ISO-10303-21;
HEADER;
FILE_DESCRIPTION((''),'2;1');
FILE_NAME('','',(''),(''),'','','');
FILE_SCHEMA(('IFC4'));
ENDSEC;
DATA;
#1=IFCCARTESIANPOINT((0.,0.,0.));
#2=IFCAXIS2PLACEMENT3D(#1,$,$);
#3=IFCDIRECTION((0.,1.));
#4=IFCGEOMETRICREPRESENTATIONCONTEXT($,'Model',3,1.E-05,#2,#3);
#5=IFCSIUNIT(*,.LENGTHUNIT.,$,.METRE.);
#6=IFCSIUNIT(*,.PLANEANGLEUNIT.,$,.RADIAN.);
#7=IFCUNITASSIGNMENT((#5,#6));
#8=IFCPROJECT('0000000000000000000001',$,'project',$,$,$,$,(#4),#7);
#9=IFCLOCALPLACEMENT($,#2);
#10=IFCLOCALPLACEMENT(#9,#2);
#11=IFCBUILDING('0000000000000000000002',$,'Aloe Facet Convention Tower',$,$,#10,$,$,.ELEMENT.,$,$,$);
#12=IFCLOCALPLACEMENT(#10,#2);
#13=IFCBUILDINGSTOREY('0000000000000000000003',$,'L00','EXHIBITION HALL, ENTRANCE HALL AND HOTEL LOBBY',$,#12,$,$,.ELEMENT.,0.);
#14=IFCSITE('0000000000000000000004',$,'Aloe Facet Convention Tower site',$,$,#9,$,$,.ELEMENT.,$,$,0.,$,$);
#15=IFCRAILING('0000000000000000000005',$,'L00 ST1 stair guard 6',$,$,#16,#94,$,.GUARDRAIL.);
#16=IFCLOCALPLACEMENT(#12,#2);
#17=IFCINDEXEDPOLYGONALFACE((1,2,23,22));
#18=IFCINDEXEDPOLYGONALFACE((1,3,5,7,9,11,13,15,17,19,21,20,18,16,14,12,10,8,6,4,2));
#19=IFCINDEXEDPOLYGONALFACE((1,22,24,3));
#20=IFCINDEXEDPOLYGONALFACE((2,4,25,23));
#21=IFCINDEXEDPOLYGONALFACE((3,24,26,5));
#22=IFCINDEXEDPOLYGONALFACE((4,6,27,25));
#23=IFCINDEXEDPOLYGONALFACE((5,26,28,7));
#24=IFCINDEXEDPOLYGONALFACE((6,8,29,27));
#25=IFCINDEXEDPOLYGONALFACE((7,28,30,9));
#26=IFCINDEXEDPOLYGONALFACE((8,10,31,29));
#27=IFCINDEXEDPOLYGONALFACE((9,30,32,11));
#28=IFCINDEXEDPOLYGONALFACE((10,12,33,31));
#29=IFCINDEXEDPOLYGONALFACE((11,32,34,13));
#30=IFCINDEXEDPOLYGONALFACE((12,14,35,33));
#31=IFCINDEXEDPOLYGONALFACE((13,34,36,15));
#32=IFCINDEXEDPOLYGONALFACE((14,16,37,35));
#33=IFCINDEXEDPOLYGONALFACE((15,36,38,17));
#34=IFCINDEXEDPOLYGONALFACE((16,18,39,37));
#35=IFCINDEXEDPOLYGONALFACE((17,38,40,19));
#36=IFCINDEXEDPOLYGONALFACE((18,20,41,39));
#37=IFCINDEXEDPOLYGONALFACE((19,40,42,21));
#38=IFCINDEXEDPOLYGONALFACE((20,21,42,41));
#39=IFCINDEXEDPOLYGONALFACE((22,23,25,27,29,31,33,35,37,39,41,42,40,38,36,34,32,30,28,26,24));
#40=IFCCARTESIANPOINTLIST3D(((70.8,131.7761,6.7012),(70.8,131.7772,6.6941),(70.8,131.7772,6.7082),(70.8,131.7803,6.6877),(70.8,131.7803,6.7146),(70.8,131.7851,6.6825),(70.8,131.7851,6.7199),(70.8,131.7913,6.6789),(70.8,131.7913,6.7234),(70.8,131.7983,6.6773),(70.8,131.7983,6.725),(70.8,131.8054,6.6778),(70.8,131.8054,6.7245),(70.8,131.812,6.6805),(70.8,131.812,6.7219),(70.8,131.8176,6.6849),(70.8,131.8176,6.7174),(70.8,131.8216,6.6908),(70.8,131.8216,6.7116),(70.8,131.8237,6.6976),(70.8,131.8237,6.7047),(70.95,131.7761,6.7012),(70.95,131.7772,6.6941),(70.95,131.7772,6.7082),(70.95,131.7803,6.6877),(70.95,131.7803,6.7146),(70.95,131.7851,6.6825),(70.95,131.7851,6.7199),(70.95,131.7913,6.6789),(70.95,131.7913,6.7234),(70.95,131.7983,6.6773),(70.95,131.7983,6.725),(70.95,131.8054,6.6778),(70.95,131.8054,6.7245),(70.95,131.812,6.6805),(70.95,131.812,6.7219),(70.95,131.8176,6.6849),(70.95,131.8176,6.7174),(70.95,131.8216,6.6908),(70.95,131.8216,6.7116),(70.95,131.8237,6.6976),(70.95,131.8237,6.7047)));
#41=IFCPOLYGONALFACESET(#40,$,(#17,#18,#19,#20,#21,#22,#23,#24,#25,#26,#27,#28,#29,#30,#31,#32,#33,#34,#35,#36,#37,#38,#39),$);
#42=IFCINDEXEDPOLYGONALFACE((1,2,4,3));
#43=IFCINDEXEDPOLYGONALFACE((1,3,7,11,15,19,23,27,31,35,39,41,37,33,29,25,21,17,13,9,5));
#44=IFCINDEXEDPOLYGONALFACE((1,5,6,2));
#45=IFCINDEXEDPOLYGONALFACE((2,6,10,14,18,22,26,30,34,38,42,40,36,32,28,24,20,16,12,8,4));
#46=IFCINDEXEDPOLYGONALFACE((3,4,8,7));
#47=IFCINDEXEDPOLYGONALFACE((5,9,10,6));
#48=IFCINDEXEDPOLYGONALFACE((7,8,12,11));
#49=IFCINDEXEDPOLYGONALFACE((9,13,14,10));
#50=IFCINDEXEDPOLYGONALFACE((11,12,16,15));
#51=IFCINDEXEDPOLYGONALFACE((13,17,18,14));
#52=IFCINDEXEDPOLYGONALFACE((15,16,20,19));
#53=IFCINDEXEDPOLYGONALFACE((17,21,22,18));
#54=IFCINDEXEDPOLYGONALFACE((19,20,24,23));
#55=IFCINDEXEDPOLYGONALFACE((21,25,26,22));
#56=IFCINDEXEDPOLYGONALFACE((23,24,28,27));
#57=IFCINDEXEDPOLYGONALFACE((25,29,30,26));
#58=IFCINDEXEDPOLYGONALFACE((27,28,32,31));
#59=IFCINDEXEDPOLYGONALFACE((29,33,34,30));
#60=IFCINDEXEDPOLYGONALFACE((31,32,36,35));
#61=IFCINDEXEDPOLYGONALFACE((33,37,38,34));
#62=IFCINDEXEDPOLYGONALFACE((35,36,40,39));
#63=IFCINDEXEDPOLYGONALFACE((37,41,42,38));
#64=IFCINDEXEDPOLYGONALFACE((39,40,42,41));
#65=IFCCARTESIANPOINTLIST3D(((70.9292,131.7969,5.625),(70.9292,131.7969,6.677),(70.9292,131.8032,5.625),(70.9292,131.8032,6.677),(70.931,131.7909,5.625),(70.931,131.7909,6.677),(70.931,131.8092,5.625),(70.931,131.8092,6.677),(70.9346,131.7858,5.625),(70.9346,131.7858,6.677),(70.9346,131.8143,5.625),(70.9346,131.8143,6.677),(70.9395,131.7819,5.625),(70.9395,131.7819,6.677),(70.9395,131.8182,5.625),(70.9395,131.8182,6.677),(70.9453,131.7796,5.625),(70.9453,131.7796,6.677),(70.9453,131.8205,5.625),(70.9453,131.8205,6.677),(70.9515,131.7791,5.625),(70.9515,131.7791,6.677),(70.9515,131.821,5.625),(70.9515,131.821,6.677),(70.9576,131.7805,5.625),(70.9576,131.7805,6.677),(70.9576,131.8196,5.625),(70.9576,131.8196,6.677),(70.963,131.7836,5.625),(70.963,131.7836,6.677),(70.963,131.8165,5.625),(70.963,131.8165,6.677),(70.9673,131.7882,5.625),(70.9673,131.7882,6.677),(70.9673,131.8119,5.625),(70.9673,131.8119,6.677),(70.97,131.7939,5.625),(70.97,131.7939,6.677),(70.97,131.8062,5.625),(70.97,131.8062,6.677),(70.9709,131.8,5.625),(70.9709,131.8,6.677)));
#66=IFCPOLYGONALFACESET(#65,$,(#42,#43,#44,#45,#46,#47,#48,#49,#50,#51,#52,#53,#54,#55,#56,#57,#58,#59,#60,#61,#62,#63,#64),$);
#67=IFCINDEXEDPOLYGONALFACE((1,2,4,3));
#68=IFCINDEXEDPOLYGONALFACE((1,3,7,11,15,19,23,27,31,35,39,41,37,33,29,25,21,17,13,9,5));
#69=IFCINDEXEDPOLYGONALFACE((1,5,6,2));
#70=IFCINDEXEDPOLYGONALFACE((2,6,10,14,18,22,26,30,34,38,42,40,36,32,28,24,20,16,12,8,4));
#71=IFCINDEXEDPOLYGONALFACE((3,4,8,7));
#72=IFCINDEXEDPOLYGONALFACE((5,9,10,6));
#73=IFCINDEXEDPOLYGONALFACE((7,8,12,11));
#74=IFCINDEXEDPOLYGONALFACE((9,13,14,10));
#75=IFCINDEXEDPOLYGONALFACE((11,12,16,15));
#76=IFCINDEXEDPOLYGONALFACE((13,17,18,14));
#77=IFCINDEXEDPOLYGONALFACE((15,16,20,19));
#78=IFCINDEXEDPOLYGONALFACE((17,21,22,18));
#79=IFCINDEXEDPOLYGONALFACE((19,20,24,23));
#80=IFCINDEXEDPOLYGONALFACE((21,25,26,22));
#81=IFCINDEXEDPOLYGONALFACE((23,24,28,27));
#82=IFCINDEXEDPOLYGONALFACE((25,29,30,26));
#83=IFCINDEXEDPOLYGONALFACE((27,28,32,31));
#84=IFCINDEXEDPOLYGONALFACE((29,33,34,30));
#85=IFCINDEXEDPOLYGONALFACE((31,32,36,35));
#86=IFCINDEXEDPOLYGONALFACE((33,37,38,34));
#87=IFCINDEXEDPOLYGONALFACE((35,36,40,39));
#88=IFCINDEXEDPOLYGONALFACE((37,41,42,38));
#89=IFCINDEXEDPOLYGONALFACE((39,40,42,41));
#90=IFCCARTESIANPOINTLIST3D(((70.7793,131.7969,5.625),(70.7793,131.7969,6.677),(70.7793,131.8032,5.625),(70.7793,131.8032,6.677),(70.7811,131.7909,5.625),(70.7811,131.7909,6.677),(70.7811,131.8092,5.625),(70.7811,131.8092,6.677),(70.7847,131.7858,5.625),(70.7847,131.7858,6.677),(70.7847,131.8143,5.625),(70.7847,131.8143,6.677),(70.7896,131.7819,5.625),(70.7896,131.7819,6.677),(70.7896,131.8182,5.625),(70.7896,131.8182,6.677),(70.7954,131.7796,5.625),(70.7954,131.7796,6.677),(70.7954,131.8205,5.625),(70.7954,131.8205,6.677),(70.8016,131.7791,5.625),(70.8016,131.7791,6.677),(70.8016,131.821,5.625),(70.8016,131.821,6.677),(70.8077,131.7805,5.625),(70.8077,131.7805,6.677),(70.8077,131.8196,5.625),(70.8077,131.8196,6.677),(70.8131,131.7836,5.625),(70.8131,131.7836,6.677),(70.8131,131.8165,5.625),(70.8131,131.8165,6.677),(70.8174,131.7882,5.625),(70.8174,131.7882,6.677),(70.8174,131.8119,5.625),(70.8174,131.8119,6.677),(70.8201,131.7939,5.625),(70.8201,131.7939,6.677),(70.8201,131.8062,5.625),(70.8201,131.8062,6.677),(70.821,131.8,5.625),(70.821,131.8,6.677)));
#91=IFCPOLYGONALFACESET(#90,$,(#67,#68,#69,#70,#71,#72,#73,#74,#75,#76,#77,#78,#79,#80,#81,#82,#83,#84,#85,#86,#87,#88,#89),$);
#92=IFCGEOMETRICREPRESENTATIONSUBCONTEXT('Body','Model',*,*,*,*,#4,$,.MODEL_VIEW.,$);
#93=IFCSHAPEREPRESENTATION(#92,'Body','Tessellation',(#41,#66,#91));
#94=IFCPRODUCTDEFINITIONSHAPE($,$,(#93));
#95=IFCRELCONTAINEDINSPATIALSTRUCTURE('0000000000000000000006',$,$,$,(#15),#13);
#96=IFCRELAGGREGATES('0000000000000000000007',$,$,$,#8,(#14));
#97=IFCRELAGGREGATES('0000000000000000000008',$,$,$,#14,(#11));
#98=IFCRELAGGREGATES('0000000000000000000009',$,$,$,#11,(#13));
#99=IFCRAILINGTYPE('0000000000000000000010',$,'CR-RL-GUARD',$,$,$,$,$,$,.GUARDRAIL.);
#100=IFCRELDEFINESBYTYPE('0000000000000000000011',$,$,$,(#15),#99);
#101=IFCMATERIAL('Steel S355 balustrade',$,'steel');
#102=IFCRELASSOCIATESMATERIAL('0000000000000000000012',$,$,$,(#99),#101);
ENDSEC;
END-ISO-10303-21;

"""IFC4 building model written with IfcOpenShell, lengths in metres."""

from ifc_helpers import new_model, si_unit, direction, frame, origin, origin_2d, place, context, subcontext, project, spatial, circle, extrude, material, type_object, element, save


model = new_model("IFC4")

# Units and contexts
model_context = context("Model", 3, precision=1e-05, world=origin(), true_north=direction((0.0, 1.0)))
body_context = subcontext(model_context, "Body", "Model", "MODEL_VIEW")
ifc_project = project(units=[si_unit("LENGTHUNIT", "METRE"), si_unit("PLANEANGLEUNIT", "RADIAN")], contexts=[model_context])

# Site, building, storey
site_placement = place(None, origin())
site = spatial("IfcSite", under=ifc_project, at=site_placement, Name="Aloe Facet Convention Tower site", CompositionType="ELEMENT", RefElevation=0.0)
building_placement = place(site_placement, origin())
building = spatial("IfcBuilding", under=site, at=building_placement, Name="Aloe Facet Convention Tower", CompositionType="ELEMENT")
storey_placement = place(building_placement, origin())
storey = spatial("IfcBuildingStorey", under=building, at=storey_placement, Name="L00", Description="EXHIBITION HALL, ENTRANCE HALL AND HOTEL LOBBY", CompositionType="ELEMENT", Elevation=0.0)

# Railing
ifc_material_1 = material(Name="Steel S355 balustrade", Category="steel")
railing_type_1 = type_object("IfcRailingType", Name="CR-RL-GUARD", PredefinedType="GUARDRAIL", material=ifc_material_1)
railing_1_placement = place(storey_placement, frame((70.95, 131.8, 5.625)))
element("IfcRailing", 1, at=railing_1_placement, inside=storey, type_object=railing_type_1, Name="L00 ST1 stair guard 6", PredefinedType="GUARDRAIL", context=body_context, shape_type="SweptSolid", body=[
    extrude(circle(Radius=0.0239, at=origin_2d()), frame((0.0, 0.0, 1.0762), z_axis=(-1.0, 0.0, 0.0), x_axis=(0.0, -1.0, 0.0)), (0.0, 0.0, 1.0), 0.1499),
    extrude(circle(Radius=0.021, at=origin_2d()), origin(), (0.0, 0.0, 1.0), 1.052),
    extrude(circle(Radius=0.021, at=origin_2d()), frame((-0.1499, 0.0, 0.0)), (0.0, 0.0, 1.0), 1.052),
])

save(model, "model.ifc")
